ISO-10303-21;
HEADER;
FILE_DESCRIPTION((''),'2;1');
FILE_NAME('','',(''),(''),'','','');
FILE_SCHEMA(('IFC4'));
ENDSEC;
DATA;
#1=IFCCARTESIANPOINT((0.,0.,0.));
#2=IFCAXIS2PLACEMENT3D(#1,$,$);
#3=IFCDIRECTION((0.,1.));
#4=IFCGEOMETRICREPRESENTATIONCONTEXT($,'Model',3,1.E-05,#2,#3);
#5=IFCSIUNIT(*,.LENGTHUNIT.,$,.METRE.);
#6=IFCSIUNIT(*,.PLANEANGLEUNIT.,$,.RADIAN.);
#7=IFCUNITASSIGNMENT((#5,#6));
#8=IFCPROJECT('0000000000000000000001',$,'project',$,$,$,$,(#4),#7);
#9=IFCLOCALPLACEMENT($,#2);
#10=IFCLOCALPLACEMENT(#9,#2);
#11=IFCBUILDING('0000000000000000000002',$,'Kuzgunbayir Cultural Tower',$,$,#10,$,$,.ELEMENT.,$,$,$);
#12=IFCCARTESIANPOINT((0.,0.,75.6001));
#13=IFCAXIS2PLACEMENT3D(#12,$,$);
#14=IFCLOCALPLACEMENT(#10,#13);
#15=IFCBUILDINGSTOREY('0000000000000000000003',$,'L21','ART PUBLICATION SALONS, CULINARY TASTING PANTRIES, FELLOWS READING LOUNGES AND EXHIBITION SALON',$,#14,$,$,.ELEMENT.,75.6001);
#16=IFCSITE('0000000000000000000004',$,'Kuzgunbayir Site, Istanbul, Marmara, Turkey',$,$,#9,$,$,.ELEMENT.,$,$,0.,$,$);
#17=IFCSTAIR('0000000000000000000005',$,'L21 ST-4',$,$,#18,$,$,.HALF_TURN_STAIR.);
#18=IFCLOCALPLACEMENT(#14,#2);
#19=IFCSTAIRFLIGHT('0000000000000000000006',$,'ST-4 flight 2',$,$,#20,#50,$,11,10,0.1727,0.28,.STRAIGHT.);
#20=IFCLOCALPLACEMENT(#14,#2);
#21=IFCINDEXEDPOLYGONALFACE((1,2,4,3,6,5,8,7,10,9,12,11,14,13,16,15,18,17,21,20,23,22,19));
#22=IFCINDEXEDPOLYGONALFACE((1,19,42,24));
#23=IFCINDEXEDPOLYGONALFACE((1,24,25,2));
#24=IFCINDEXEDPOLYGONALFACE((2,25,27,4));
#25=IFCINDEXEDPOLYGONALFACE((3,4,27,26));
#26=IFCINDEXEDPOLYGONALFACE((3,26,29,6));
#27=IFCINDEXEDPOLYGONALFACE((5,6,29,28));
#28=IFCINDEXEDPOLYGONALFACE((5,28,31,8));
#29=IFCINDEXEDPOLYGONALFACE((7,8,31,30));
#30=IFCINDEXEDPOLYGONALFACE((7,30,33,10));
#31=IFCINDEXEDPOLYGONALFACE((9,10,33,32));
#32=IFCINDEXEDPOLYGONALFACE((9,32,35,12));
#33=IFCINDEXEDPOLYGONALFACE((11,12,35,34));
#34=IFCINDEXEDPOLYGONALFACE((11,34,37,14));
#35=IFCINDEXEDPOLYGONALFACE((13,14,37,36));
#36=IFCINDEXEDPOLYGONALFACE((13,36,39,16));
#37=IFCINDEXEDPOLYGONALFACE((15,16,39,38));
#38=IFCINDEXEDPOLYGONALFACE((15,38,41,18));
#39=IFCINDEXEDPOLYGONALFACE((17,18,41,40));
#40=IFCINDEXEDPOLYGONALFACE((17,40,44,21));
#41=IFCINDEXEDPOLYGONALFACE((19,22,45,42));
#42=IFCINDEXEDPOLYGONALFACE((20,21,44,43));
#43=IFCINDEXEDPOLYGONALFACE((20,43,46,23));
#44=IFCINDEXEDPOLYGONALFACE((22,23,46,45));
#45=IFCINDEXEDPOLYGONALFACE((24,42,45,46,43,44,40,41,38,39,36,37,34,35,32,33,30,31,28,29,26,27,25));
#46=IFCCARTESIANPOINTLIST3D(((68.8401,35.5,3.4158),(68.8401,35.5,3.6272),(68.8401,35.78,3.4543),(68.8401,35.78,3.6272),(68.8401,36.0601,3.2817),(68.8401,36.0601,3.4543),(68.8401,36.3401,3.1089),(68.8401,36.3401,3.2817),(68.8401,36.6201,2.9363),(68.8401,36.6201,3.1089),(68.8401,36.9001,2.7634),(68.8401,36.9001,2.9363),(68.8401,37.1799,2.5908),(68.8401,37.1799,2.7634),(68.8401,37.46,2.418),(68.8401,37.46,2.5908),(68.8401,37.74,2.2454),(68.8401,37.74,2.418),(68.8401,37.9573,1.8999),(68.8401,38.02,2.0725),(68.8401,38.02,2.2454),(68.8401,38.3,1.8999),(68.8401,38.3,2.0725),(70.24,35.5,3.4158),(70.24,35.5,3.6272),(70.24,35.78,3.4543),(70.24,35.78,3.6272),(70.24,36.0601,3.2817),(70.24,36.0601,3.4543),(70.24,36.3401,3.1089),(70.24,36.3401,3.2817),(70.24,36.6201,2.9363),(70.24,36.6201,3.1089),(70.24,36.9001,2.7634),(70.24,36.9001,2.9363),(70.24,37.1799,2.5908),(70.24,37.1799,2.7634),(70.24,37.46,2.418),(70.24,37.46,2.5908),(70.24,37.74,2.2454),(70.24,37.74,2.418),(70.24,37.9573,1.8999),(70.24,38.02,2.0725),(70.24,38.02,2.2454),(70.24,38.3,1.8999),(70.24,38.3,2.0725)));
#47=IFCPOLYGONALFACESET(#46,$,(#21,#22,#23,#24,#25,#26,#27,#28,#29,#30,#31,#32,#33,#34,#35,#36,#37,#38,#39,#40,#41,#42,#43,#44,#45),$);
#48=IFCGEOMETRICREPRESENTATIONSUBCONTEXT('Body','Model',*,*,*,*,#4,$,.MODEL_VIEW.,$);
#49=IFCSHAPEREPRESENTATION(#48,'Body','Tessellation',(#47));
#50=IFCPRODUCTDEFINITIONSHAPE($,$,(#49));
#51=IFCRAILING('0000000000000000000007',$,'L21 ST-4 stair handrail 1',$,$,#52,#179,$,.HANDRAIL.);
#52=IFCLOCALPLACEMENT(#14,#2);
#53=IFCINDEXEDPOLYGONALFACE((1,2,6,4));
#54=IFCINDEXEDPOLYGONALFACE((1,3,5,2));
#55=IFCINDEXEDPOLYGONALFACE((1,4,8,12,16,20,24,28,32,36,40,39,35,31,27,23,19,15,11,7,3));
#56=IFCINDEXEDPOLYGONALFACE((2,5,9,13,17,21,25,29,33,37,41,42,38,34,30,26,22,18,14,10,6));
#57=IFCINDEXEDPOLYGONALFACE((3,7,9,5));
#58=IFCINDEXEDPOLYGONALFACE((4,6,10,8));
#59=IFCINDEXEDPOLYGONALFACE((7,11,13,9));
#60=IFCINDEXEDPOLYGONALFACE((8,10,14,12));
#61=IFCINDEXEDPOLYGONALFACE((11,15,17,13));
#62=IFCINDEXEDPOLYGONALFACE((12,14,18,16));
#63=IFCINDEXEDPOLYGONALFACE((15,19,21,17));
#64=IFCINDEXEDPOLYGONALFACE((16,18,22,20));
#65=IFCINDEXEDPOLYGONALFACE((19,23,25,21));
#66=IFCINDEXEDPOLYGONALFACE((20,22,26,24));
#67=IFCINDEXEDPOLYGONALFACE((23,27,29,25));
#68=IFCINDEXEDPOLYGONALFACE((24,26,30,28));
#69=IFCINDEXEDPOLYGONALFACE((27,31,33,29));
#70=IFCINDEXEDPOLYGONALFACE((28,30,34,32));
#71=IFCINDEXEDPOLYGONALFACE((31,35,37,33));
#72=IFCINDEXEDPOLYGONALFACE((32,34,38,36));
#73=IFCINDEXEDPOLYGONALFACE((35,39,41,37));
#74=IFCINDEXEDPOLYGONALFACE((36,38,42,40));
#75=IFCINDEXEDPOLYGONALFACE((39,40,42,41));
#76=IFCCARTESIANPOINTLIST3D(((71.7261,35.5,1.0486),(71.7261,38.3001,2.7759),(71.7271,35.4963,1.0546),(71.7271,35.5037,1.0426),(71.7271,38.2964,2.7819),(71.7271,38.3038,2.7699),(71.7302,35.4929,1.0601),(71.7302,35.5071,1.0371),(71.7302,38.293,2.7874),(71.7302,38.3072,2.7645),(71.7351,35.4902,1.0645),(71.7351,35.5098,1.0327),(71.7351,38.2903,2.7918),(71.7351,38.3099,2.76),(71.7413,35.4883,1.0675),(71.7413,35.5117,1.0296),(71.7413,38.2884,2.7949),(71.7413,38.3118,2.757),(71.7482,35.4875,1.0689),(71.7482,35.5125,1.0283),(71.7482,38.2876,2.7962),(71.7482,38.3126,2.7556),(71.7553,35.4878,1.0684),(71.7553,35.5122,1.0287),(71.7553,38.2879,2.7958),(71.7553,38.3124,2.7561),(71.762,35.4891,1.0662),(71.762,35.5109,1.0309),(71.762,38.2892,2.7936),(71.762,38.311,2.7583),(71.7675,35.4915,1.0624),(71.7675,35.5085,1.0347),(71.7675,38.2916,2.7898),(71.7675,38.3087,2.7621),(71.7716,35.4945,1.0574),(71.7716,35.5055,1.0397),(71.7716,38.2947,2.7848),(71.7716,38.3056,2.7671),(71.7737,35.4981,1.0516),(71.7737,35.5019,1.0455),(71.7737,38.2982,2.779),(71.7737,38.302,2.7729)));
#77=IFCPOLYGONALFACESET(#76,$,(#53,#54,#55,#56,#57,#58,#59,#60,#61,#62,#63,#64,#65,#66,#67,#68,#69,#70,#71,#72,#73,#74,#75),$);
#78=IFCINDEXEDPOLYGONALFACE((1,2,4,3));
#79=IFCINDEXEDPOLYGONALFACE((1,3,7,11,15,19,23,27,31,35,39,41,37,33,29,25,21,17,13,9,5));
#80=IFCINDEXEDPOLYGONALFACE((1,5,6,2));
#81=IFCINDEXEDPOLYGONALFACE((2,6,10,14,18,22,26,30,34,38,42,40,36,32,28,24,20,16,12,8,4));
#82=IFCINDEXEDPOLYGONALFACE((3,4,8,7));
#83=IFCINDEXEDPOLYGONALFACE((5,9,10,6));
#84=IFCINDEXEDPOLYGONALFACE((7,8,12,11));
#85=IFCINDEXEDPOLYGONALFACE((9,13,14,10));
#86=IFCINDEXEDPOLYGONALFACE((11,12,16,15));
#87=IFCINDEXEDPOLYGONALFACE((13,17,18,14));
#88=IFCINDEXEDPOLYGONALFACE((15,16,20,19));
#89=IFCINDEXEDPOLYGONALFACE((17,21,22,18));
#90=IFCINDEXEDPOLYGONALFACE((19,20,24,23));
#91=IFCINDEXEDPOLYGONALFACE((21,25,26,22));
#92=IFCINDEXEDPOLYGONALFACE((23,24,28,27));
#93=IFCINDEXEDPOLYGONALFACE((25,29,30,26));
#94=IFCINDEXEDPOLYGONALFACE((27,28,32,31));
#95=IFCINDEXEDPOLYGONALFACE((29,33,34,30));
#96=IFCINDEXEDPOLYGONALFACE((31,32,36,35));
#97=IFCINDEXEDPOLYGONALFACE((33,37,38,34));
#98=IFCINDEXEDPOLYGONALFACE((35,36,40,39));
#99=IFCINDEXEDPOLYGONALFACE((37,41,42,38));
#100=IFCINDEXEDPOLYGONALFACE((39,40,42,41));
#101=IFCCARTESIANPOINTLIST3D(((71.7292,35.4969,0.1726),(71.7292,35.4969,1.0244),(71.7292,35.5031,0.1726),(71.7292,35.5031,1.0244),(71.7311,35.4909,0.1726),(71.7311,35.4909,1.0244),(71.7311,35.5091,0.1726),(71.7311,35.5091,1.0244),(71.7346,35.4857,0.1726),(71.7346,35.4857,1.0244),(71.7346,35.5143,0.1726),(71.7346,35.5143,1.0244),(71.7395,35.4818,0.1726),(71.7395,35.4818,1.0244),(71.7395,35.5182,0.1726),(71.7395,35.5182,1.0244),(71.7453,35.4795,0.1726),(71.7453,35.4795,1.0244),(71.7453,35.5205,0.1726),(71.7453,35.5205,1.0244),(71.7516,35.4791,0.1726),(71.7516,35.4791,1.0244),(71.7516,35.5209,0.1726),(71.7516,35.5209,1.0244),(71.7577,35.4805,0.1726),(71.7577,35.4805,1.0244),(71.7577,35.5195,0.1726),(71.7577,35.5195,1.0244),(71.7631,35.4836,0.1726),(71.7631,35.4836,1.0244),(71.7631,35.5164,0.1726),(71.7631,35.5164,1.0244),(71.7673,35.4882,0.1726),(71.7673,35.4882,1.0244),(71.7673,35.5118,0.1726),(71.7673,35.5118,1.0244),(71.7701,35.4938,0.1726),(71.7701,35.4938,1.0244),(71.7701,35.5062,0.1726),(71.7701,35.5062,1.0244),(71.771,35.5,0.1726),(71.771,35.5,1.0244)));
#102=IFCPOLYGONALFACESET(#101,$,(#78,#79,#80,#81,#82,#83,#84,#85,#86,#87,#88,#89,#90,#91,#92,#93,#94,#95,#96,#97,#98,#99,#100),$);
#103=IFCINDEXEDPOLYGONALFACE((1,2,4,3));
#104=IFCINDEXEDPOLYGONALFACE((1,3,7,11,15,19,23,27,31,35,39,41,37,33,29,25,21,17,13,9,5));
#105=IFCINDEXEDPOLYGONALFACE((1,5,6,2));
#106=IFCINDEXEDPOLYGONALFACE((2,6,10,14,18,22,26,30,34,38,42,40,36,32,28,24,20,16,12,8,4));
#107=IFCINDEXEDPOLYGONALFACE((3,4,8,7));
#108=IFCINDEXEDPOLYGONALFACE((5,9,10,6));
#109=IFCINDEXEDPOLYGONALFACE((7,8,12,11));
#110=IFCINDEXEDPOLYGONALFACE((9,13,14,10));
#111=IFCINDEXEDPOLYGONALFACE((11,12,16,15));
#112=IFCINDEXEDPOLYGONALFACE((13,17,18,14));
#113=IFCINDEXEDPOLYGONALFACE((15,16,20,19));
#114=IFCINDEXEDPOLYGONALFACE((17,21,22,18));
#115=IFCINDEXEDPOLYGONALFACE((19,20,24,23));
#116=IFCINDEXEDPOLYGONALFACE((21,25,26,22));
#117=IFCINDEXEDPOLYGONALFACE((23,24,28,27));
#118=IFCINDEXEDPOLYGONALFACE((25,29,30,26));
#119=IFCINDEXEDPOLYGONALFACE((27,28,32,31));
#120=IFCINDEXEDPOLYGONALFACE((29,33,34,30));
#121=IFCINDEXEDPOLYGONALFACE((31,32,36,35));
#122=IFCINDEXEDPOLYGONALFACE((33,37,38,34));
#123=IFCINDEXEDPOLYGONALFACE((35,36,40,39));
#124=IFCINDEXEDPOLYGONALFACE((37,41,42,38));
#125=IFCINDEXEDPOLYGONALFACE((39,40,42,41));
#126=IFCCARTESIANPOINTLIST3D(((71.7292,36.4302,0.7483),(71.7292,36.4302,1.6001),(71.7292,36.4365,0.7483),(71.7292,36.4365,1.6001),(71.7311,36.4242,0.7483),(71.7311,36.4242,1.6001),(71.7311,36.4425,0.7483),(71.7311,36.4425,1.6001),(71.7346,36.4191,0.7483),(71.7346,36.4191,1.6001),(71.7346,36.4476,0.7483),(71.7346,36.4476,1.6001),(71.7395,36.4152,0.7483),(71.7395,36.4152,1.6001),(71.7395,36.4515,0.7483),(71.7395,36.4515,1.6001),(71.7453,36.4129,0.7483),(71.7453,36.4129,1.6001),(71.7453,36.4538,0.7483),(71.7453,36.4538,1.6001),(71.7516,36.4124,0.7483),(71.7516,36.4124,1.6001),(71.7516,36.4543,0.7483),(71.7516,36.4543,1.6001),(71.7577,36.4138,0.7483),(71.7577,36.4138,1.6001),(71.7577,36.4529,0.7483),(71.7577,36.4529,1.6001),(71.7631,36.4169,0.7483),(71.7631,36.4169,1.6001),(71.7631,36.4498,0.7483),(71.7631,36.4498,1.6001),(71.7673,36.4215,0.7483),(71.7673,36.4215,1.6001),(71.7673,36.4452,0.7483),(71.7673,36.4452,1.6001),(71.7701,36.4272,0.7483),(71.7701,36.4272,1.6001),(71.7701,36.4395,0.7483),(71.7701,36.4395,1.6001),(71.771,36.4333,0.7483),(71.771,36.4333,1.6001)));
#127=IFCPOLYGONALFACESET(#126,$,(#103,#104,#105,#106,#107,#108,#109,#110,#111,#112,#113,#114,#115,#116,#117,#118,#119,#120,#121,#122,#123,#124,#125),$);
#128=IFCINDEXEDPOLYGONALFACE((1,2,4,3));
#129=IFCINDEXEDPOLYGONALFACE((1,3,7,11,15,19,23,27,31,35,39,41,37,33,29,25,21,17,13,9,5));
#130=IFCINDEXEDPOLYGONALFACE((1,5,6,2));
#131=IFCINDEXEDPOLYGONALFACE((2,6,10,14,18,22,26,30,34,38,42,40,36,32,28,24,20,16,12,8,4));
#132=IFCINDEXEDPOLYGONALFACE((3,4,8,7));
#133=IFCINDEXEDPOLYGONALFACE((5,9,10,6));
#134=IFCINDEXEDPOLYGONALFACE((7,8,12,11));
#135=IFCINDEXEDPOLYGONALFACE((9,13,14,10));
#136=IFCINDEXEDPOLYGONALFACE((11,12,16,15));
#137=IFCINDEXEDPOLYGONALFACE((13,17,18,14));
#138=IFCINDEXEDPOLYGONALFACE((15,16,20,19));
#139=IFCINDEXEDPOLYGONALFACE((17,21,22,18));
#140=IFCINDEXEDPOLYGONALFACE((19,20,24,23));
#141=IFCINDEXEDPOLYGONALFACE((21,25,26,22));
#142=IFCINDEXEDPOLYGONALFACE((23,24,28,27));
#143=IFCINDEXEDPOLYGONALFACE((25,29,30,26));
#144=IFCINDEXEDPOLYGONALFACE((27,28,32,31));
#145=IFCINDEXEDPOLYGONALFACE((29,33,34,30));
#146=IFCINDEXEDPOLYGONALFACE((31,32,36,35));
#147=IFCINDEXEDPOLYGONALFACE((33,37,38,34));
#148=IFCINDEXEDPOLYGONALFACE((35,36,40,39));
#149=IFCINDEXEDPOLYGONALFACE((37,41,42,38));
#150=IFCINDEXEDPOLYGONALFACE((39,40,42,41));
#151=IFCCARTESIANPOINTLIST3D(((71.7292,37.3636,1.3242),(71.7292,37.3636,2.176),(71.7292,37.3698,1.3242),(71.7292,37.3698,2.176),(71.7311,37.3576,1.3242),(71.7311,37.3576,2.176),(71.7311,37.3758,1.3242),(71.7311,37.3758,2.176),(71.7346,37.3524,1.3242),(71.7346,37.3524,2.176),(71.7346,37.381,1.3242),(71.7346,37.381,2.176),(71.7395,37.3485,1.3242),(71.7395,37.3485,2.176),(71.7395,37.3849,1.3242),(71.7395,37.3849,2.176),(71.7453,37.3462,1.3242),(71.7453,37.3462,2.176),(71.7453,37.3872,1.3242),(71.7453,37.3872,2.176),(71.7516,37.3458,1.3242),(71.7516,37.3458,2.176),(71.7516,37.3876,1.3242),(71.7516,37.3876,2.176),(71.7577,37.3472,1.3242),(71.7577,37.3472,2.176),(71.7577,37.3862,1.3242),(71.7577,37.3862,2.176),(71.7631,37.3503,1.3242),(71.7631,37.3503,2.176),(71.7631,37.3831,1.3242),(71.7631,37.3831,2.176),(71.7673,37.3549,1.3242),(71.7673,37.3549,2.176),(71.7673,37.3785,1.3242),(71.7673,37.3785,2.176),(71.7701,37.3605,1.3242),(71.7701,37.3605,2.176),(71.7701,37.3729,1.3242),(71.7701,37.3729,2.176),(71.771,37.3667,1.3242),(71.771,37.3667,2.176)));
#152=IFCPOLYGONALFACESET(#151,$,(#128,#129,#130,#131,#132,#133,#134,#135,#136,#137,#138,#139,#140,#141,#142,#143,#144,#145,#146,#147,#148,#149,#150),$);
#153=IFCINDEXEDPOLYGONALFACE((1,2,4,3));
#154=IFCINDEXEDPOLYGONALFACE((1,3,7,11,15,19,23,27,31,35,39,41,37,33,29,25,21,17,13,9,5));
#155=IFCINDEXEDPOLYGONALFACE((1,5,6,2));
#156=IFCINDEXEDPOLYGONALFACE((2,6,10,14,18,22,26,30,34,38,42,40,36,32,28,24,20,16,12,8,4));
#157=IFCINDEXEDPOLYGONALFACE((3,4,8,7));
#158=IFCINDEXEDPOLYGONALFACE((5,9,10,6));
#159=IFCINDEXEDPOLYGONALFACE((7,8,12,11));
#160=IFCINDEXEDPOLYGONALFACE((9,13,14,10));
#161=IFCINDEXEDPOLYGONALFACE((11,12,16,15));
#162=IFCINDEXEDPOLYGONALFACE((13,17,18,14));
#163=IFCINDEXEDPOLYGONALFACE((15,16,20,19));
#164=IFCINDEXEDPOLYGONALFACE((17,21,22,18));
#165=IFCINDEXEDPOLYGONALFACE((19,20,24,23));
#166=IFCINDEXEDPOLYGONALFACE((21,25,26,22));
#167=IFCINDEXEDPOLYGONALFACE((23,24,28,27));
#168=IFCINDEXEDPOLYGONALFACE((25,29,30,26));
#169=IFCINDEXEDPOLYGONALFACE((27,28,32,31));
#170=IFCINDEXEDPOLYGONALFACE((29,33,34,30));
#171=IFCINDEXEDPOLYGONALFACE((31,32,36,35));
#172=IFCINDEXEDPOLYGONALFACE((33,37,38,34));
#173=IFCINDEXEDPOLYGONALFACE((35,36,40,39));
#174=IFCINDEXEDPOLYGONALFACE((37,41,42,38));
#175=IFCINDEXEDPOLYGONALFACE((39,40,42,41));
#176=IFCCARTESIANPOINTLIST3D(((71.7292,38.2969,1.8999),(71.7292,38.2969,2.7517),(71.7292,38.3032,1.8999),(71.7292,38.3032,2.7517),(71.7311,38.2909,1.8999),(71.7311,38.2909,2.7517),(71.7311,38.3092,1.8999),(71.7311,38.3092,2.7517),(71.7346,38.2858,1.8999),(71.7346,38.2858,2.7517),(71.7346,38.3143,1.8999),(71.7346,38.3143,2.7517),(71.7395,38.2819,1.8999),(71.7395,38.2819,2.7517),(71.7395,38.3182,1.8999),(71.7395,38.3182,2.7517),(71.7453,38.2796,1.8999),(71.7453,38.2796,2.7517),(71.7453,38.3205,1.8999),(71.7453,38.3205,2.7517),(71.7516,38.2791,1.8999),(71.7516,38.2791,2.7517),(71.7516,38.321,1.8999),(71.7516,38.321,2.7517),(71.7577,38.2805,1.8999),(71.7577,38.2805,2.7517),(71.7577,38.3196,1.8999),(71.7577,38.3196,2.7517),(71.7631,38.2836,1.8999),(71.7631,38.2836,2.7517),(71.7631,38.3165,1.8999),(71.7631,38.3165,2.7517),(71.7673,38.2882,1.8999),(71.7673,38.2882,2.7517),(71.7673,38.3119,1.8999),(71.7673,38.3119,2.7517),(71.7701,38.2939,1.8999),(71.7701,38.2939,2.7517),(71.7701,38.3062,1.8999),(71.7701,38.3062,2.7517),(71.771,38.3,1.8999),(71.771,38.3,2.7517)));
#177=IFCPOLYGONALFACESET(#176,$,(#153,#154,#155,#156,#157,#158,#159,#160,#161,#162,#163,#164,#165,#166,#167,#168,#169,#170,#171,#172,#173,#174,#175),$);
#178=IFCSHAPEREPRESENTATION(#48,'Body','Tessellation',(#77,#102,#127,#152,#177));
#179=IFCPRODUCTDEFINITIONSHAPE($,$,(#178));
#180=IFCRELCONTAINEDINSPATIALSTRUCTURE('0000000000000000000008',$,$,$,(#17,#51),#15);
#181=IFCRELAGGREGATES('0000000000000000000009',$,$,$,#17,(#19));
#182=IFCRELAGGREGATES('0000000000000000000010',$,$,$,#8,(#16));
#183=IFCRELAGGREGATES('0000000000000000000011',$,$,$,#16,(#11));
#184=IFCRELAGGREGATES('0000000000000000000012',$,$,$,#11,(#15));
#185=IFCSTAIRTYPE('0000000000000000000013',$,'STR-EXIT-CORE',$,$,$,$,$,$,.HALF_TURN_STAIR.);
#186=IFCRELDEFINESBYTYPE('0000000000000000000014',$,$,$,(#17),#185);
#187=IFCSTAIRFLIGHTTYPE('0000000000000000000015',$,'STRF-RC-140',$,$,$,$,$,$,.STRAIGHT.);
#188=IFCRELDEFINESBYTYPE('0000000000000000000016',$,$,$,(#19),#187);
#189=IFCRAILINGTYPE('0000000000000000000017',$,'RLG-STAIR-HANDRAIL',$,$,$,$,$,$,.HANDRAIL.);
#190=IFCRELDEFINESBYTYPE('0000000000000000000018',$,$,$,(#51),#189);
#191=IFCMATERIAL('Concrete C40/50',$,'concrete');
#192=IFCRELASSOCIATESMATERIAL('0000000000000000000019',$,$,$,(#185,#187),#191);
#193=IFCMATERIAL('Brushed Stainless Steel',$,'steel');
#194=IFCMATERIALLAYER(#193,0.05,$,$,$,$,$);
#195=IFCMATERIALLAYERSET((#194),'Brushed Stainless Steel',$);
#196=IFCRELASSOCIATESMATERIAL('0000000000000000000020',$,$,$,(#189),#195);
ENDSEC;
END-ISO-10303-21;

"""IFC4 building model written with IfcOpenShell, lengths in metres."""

from ifc_helpers import new_model, si_unit, direction, frame, origin, origin_2d, place, context, subcontext, project, spatial, polyline, circle, outline, extrude, material, layer, layer_set, type_object, element, aggregate, save


model = new_model("IFC4")

# Units and contexts
model_context = context("Model", 3, precision=1e-05, world=origin(), true_north=direction((0.0, 1.0)))
body_context = subcontext(model_context, "Body", "Model", "MODEL_VIEW")
ifc_project = project(units=[si_unit("LENGTHUNIT", "METRE"), si_unit("PLANEANGLEUNIT", "RADIAN")], contexts=[model_context])

# Site, building, storey
site_placement = place(None, origin())
site = spatial("IfcSite", under=ifc_project, at=site_placement, Name="Kuzgunbayir Site, Istanbul, Marmara, Turkey", CompositionType="ELEMENT", RefElevation=0.0)
building_placement = place(site_placement, origin())
building = spatial("IfcBuilding", under=site, at=building_placement, Name="Kuzgunbayir Cultural Tower", CompositionType="ELEMENT")
storey_placement = place(building_placement, frame((0.0, 0.0, 75.6001)))
storey = spatial("IfcBuildingStorey", under=building, at=storey_placement, Name="L21", Description="ART PUBLICATION SALONS, CULINARY TASTING PANTRIES, FELLOWS READING LOUNGES AND EXHIBITION SALON", CompositionType="ELEMENT", Elevation=75.6001)

# Shared definitions
ifc_material_1 = material(Name="Concrete C40/50", Category="concrete")
ifc_material_2 = material(Name="Brushed Stainless Steel", Category="steel")

# Stair, stair flight
stair_type = type_object("IfcStairType", Name="STR-EXIT-CORE", PredefinedType="HALF_TURN_STAIR", material=ifc_material_1)
stair_placement = place(storey_placement, origin())
stair = element("IfcStair", 1, at=stair_placement, inside=storey, type_object=stair_type, Name="L21 ST-4", PredefinedType="HALF_TURN_STAIR")
stair_flight_type = type_object("IfcStairFlightType", Name="STRF-RC-140", PredefinedType="STRAIGHT", material=ifc_material_1)
stair_flight_1_placement = place(storey_placement, frame((69.54, 38.3, 1.8999), z_axis=(0.0, 0.0, 1.0), x_axis=(0.0, -1.0, 0.0)))
stair_flight_1 = element("IfcStairFlight", 2, at=stair_flight_1_placement, type_object=stair_flight_type, Name="ST-4 flight 2", NumberOfRisers=11, NumberOfTreads=10, PredefinedType="STRAIGHT", RiserHeight=0.1727, TreadLength=0.28, context=body_context, shape_type="SweptSolid", body=[
    extrude(outline(polyline([(0.0, 0.0), (0.0, 0.1726), (0.28, 0.1726), (0.28, 0.3455), (0.5601, 0.3455), (0.5601, 0.5181), (0.8401, 0.5181), (0.8401, 0.6909), (1.1201, 0.6909), (1.1201, 0.8635), (1.3999, 0.8635), (1.3999, 1.0364), (1.6799, 1.0364), (1.6799, 1.209), (1.96, 1.209), (1.96, 1.3818), (2.24, 1.3818), (2.24, 1.5544), (2.52, 1.5544), (2.52, 1.7273), (2.8, 1.7273), (2.8, 1.8999), (2.8, 1.5159), (0.3428, 0.0), (0.0, 0.0)])), frame((0.0, 0.7, 0.0), z_axis=(0.0, -1.0, 0.0), x_axis=(1.0, 0.0, 0.0)), (0.0, 0.0, 1.0), 1.3999),
])
aggregate(stair, [stair_flight_1])

# Railing
ifc_layer_1 = layer(ifc_material_2, 0.05)
ifc_layer_set_1 = layer_set([ifc_layer_1], Name="Brushed Stainless Steel")
railing_type_1 = type_object("IfcRailingType", Name="RLG-STAIR-HANDRAIL", PredefinedType="HANDRAIL", material=ifc_layer_set_1)
railing_1_placement = place(storey_placement, frame((71.75, 35.5, 0.1726)))
element("IfcRailing", 3, at=railing_1_placement, inside=storey, type_object=railing_type_1, Name="L21 ST-4 stair handrail 1", PredefinedType="HANDRAIL", context=body_context, shape_type="SweptSolid", body=[
    extrude(circle(Radius=0.0239, at=origin_2d()), frame((0.0, 0.0, 0.876), z_axis=(0.0, 0.85109, 0.52502), x_axis=(-1.0, 0.0, 0.0)), (0.0, 0.0, 1.0), 3.29),
    extrude(circle(Radius=0.021, at=origin_2d()), origin(), (0.0, 0.0, 1.0), 0.8518),
    extrude(circle(Radius=0.021, at=origin_2d()), frame((0.0, 0.9333, 0.5757)), (0.0, 0.0, 1.0), 0.8518),
    extrude(circle(Radius=0.021, at=origin_2d()), frame((0.0, 1.8667, 1.1516)), (0.0, 0.0, 1.0), 0.8518),
    extrude(circle(Radius=0.021, at=origin_2d()), frame((0.0, 2.8, 1.7273)), (0.0, 0.0, 1.0), 0.8518),
])

save(model, "model.ifc")
